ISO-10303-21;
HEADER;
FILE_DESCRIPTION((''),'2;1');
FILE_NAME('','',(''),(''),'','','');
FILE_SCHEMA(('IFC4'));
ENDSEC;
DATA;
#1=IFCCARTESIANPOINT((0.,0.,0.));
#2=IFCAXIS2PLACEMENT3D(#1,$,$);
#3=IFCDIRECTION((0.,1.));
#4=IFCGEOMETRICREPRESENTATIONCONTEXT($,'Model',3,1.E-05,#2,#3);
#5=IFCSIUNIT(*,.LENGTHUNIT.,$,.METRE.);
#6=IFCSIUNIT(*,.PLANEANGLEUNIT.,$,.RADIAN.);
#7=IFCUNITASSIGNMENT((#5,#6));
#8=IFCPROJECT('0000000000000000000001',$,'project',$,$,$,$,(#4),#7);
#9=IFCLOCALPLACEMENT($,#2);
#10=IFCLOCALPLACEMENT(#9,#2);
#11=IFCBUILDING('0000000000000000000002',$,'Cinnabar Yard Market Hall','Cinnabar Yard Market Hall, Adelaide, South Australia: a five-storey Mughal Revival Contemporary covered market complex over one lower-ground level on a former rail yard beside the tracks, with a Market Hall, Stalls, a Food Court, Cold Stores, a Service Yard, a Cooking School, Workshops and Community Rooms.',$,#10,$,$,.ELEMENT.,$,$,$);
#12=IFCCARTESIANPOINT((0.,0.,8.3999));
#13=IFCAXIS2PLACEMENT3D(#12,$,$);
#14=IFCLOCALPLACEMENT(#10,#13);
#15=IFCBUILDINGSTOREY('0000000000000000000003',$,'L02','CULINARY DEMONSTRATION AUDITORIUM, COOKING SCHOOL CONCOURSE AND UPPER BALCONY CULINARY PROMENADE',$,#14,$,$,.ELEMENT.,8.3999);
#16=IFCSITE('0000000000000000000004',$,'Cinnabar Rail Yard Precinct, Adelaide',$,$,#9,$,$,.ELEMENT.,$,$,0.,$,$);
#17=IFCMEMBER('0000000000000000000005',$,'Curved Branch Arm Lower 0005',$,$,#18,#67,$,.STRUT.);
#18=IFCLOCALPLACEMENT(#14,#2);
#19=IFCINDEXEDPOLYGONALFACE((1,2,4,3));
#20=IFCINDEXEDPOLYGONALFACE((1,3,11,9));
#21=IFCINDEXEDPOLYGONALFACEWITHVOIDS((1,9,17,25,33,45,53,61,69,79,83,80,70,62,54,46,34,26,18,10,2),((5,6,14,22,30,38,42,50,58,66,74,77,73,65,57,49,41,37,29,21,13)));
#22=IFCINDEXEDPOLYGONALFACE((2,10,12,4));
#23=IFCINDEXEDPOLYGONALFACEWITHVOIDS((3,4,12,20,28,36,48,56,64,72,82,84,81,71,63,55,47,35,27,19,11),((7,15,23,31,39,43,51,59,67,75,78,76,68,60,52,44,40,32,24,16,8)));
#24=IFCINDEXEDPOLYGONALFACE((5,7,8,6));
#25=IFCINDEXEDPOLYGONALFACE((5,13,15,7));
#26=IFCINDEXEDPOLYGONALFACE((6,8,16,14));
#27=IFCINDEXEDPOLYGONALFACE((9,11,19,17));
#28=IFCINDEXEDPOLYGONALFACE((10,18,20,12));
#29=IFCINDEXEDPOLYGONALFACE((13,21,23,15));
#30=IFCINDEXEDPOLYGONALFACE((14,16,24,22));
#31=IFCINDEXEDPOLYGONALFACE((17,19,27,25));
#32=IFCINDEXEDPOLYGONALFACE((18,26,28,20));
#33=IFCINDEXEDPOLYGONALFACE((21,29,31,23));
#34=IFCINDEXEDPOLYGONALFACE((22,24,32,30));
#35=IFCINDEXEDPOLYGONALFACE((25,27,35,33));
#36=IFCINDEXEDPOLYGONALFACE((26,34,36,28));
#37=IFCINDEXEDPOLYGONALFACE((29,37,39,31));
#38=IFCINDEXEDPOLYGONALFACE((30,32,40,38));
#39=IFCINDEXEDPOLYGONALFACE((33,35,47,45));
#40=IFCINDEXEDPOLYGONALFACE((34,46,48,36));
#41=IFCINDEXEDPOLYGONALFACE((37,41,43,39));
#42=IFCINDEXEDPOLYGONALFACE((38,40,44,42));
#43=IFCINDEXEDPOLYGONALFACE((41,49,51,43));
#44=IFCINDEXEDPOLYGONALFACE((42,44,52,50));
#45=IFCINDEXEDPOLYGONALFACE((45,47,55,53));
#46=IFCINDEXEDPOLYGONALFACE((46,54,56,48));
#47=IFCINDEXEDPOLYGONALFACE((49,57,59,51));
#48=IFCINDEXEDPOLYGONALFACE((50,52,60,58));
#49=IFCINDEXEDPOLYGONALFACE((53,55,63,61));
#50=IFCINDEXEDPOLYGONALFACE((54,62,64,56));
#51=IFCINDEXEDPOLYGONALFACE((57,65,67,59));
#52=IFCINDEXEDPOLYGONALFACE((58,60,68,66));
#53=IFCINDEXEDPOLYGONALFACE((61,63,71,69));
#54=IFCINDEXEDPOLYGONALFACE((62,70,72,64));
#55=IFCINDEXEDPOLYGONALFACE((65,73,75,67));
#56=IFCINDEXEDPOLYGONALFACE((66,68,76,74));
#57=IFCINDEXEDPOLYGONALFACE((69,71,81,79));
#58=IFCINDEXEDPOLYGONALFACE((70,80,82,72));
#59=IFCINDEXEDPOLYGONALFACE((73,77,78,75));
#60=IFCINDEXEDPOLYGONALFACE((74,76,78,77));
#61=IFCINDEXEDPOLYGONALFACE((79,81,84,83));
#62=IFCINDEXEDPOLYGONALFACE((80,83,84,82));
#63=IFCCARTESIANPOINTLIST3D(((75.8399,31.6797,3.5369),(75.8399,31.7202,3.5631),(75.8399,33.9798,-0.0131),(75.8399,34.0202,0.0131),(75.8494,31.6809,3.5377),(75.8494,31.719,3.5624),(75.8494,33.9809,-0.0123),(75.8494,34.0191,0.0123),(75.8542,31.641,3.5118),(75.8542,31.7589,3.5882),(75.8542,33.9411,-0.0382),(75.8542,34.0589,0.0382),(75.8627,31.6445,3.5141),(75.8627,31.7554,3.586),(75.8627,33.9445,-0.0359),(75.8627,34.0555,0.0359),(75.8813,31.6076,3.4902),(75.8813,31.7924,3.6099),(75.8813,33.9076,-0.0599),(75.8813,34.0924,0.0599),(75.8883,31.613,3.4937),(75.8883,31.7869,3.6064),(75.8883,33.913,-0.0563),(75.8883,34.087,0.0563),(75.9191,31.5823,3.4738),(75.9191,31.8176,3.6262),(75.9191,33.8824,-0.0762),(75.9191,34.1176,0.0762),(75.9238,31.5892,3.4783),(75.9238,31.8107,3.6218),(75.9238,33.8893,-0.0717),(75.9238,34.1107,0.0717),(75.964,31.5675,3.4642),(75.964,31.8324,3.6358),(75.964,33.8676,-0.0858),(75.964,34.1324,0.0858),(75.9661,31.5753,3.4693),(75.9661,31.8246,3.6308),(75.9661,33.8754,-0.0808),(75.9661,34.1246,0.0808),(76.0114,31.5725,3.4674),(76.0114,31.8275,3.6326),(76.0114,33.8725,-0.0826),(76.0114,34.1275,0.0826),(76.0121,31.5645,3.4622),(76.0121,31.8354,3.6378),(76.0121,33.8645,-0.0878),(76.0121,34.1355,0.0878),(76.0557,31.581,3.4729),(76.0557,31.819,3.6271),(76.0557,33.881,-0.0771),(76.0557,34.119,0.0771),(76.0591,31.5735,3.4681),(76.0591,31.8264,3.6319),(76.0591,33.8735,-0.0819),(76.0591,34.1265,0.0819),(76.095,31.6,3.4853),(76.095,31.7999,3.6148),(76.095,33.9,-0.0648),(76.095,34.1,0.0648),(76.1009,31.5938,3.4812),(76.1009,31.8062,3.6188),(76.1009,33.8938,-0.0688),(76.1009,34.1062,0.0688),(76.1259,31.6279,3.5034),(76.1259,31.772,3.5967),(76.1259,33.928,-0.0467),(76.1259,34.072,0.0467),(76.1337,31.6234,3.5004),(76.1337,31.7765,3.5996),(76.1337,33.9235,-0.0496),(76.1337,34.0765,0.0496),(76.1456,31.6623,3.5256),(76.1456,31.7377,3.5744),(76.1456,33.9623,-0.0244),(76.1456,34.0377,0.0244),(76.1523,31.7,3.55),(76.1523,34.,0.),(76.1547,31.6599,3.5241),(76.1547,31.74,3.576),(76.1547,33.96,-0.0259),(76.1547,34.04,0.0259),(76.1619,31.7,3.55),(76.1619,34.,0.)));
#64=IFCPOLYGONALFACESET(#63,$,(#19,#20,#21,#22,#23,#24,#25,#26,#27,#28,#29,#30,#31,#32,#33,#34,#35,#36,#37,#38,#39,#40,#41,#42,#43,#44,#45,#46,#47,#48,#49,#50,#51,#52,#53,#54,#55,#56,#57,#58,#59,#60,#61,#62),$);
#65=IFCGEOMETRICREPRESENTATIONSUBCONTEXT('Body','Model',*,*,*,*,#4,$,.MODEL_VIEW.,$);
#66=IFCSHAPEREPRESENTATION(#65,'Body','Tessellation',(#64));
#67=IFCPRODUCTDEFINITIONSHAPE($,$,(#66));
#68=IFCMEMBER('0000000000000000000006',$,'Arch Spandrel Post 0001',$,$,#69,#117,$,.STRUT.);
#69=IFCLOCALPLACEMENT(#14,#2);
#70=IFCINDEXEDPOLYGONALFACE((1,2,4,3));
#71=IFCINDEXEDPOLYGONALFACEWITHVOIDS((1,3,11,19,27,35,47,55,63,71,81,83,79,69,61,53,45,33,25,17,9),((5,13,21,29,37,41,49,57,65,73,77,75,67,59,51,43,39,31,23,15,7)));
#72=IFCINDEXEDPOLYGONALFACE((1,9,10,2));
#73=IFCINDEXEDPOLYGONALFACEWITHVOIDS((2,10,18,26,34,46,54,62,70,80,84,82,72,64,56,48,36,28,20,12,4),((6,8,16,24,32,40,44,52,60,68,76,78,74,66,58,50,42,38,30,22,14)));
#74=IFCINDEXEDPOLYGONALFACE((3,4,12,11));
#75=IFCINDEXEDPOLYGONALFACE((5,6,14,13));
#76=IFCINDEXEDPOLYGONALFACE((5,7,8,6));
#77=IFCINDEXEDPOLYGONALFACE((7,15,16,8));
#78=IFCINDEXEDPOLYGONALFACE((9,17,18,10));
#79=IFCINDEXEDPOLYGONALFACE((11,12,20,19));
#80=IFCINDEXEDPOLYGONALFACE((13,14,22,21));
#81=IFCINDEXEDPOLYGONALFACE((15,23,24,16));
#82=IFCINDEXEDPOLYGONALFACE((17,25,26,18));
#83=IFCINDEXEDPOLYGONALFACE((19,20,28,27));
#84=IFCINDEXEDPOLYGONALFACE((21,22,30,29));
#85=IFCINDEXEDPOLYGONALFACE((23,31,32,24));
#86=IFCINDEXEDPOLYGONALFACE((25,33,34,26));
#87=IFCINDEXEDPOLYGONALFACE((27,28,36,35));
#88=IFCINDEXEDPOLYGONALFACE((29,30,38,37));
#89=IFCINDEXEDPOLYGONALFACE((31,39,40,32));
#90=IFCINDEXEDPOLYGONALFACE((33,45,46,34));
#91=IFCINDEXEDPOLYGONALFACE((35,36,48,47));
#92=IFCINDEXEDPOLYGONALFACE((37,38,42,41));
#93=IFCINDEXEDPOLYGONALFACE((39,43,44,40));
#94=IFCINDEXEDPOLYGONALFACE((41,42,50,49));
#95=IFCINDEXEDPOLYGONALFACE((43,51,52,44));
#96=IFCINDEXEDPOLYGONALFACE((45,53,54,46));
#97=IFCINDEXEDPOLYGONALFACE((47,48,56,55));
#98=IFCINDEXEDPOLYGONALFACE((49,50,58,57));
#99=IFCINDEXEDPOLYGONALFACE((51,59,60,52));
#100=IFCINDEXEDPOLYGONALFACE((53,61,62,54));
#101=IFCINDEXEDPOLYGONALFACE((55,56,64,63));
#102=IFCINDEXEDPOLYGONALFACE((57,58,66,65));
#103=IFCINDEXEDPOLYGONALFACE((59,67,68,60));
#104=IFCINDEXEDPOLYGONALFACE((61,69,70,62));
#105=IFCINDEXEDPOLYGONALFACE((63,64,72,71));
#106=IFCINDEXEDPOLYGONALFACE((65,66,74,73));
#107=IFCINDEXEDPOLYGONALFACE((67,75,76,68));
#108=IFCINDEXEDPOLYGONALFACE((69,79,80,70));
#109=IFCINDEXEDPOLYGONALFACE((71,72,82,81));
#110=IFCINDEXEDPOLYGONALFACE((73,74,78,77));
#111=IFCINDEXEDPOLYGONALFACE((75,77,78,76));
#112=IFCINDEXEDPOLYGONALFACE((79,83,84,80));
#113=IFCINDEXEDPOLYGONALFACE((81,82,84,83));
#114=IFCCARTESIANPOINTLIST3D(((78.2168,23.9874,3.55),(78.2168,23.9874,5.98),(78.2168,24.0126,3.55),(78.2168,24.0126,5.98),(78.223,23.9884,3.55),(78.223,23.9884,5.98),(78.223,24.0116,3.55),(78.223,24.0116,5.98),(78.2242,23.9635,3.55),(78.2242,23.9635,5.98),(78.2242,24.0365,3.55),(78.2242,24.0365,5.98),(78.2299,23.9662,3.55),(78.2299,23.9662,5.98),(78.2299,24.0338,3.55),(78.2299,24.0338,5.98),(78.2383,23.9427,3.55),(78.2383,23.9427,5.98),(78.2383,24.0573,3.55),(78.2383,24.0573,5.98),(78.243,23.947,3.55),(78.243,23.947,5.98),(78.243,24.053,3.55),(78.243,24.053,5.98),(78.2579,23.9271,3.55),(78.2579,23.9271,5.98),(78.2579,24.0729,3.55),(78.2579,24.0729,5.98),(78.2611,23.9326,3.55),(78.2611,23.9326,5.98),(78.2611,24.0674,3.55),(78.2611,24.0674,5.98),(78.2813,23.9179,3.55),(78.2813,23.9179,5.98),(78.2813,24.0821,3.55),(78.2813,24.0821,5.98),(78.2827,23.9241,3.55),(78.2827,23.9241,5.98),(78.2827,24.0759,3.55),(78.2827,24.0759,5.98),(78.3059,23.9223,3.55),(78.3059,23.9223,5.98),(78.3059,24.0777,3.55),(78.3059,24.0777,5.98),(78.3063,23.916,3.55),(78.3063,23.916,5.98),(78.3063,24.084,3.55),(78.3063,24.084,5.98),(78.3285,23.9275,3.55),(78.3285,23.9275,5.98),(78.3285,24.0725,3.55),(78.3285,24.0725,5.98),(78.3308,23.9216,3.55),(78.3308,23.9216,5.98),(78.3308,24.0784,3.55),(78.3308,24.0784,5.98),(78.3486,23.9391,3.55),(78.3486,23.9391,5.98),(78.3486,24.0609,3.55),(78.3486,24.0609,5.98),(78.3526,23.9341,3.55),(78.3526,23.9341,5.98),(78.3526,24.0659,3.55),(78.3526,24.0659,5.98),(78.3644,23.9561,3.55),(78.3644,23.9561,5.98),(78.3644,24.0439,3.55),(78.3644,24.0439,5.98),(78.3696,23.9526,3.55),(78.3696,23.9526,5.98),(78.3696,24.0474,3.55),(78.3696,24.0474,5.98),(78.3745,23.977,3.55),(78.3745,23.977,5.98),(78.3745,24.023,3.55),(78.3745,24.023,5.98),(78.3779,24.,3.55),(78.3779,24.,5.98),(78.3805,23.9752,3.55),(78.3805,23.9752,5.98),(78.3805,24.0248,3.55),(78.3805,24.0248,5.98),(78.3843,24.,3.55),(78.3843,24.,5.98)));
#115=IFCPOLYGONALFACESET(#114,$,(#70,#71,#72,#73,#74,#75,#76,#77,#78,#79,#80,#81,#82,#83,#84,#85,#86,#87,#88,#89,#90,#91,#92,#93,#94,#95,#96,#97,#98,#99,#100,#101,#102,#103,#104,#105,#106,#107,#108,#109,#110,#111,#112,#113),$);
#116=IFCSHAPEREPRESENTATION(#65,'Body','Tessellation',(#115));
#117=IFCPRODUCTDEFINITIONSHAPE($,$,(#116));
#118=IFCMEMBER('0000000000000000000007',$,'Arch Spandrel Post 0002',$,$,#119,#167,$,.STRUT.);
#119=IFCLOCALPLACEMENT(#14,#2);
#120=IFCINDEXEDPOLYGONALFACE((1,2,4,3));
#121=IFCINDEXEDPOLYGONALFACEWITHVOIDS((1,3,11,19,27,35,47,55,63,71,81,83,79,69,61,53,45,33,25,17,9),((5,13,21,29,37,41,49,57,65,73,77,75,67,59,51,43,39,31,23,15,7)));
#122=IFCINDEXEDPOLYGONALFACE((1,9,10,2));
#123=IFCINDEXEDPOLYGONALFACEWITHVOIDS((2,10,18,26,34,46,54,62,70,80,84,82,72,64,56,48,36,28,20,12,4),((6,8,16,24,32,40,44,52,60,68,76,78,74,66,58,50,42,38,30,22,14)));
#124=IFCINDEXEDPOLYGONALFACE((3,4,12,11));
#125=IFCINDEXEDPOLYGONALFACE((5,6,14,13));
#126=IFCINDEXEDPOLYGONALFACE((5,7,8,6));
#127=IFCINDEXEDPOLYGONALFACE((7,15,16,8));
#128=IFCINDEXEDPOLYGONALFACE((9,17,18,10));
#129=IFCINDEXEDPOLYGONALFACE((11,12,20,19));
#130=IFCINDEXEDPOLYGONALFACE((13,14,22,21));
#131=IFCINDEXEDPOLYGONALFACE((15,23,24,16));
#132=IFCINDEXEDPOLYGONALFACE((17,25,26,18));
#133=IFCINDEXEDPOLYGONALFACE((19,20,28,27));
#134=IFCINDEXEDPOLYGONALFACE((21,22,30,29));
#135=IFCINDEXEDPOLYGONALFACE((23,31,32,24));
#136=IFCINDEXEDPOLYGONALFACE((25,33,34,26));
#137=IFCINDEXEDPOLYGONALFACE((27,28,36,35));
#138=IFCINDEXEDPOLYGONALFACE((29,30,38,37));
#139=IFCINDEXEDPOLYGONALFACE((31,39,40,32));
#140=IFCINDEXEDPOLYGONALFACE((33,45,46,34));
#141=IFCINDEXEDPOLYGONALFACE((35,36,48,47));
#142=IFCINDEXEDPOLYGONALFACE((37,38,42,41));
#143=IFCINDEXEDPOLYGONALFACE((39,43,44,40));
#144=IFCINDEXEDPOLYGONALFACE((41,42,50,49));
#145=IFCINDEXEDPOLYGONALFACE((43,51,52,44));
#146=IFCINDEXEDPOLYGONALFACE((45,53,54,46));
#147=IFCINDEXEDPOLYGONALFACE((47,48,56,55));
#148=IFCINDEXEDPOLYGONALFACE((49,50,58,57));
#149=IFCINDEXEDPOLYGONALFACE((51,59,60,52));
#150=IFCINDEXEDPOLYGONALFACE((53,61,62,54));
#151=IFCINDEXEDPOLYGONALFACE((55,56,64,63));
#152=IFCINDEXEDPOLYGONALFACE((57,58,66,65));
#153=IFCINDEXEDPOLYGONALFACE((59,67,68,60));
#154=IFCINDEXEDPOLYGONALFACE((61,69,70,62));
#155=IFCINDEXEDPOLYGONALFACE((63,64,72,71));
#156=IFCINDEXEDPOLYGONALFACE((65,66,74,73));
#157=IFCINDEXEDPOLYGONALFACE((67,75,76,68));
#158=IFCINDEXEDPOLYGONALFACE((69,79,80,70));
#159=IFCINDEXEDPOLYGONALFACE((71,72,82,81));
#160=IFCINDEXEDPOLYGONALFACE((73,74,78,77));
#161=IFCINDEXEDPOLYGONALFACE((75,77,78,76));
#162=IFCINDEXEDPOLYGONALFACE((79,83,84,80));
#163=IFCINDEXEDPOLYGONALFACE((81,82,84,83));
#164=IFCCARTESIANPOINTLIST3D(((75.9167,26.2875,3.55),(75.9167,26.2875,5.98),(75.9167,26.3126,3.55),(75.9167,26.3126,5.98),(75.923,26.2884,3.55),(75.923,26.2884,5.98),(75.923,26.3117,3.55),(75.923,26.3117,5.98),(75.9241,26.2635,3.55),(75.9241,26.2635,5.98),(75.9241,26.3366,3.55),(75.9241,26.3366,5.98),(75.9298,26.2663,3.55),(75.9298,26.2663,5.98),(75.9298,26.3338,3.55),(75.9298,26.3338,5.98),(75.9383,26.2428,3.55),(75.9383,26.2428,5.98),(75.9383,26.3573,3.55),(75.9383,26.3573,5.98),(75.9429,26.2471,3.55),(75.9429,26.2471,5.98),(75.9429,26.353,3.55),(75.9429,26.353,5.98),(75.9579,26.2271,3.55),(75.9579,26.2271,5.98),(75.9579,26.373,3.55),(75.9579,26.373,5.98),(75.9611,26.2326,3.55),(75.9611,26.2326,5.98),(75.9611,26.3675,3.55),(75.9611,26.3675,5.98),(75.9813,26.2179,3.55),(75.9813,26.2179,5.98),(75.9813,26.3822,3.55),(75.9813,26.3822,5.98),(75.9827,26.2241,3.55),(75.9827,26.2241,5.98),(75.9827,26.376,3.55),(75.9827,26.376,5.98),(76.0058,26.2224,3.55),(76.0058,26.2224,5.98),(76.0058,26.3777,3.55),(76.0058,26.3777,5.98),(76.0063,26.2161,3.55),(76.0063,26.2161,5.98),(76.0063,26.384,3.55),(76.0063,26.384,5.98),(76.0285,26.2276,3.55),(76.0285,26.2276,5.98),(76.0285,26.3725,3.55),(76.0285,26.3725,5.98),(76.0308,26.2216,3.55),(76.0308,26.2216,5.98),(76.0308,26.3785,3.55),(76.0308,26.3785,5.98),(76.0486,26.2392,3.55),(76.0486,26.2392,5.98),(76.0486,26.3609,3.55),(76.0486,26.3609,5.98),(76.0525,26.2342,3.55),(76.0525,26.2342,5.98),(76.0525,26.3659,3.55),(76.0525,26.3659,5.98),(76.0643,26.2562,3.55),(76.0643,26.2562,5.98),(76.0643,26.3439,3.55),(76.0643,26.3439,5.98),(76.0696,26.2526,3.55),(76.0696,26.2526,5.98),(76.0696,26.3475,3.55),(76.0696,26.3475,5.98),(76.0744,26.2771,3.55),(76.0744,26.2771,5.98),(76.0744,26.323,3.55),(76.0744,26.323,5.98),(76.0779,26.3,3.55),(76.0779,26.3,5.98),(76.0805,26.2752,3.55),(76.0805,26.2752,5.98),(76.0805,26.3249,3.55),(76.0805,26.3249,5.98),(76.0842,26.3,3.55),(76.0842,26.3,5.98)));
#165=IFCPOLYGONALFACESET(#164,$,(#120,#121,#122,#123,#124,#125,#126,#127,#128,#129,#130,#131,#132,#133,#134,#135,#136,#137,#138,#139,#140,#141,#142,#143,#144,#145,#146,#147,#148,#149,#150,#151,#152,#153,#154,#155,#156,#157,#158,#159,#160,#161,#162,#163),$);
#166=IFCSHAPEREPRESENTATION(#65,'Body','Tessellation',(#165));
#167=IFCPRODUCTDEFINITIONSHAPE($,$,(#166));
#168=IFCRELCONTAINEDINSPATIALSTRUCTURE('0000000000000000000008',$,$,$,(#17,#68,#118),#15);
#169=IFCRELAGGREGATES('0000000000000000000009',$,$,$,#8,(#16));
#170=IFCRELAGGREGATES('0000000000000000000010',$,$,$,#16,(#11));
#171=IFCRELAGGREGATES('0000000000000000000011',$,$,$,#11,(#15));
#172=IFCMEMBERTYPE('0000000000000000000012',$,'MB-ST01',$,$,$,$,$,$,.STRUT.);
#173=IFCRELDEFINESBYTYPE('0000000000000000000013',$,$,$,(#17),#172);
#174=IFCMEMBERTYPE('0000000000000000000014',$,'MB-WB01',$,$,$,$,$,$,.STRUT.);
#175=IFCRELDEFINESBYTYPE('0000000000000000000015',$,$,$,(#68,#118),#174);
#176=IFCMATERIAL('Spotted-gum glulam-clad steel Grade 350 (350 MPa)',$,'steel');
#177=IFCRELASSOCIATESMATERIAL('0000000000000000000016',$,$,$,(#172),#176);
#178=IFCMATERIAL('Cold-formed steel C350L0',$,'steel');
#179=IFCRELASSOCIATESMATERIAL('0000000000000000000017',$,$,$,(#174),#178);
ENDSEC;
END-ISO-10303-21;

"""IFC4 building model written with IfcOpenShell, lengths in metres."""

from ifc_helpers import new_model, si_unit, direction, frame, origin, origin_2d_with_axis, place, context, subcontext, project, spatial, hollow_circle, extrude, material, material_profile, profile_set, type_object, element, save


model = new_model("IFC4")

# Units and contexts
model_context = context("Model", 3, precision=1e-05, world=origin(), true_north=direction((0.0, 1.0)))
body_context = subcontext(model_context, "Body", "Model", "MODEL_VIEW")
ifc_project = project(units=[si_unit("LENGTHUNIT", "METRE"), si_unit("PLANEANGLEUNIT", "RADIAN")], contexts=[model_context])

# Site, building, storey
site_placement = place(None, origin())
site = spatial("IfcSite", under=ifc_project, at=site_placement, Name="Cinnabar Rail Yard Precinct, Adelaide", CompositionType="ELEMENT", RefElevation=0.0)
building_placement = place(site_placement, origin())
building = spatial("IfcBuilding", under=site, at=building_placement, Name="Cinnabar Yard Market Hall", Description="Cinnabar Yard Market Hall, Adelaide, South Australia: a five-storey Mughal Revival Contemporary covered market complex over one lower-ground level on a former rail yard beside the tracks, with a Market Hall, Stalls, a Food Court, Cold Stores, a Service Yard, a Cooking School, Workshops and Community Rooms.", CompositionType="ELEMENT")
storey_placement = place(building_placement, frame((0.0, 0.0, 8.3999)))
storey = spatial("IfcBuildingStorey", under=building, at=storey_placement, Name="L02", Description="CULINARY DEMONSTRATION AUDITORIUM, COOKING SCHOOL CONCOURSE AND UPPER BALCONY CULINARY PROMENADE", CompositionType="ELEMENT", Elevation=8.3999)

# Shared definitions
ifc_material_1 = material(Name="Spotted-gum glulam-clad steel Grade 350 (350 MPa)", Category="steel")

# Members
ifc_material_profile_1 = material_profile(ifc_material_1, hollow_circle(Radius=0.1619, WallThickness=0.0095, at=origin_2d_with_axis()), Name="323.9x9.5CHS")
ifc_profile_set_1 = profile_set([ifc_material_profile_1], Name="Spotted-gum glulam-clad steel Grade 350 (350 MPa)")
member_type_1 = type_object("IfcMemberType", Name="MB-ST01", PredefinedType="STRUT", material=ifc_profile_set_1)
for number, where, z_axis, x_axis, name in (
    (1, (76.0, 34.0, 0.0), (0.0, -0.543744, 0.839251), (1.0, 0.0, 0.0), "Curved Branch Arm Lower 0005"),
):
    element("IfcMember", number, at=place(storey_placement, frame(where, z_axis=z_axis, x_axis=x_axis)), inside=storey, type_object=member_type_1, Name=name, PredefinedType="STRUT", context=body_context, shape_type="SweptSolid", body=[
        extrude(hollow_circle(Radius=0.1619, WallThickness=0.0095, at=origin_2d_with_axis()), origin(), (0.0, 0.0, 1.0), 4.23),
    ])
ifc_material_2 = material(Name="Cold-formed steel C350L0", Category="steel")
ifc_material_profile_2 = material_profile(ifc_material_2, hollow_circle(Radius=0.0842, WallThickness=0.0063, at=origin_2d_with_axis()), Name="168.3x6.4CHS")
ifc_profile_set_2 = profile_set([ifc_material_profile_2], Name="Cold-formed steel C350L0")
member_type_2 = type_object("IfcMemberType", Name="MB-WB01", PredefinedType="STRUT", material=ifc_profile_set_2)
for number, where, z_axis, x_axis, name in (
    (2, (78.3, 24.0, 3.55), (0.0, 0.0, 1.0), (1.0, 0.0, 0.0), "Arch Spandrel Post 0001"),
    (3, (76.0, 26.3, 3.55), (0.0, 0.0, 1.0), (1.0, 0.0, 0.0), "Arch Spandrel Post 0002"),
):
    element("IfcMember", number, at=place(storey_placement, frame(where, z_axis=z_axis, x_axis=x_axis)), inside=storey, type_object=member_type_2, Name=name, PredefinedType="STRUT", context=body_context, shape_type="SweptSolid", body=[
        extrude(hollow_circle(Radius=0.0842, WallThickness=0.0063, at=origin_2d_with_axis()), origin(), (0.0, 0.0, 1.0), 2.4299),
    ])

save(model, "model.ifc")
